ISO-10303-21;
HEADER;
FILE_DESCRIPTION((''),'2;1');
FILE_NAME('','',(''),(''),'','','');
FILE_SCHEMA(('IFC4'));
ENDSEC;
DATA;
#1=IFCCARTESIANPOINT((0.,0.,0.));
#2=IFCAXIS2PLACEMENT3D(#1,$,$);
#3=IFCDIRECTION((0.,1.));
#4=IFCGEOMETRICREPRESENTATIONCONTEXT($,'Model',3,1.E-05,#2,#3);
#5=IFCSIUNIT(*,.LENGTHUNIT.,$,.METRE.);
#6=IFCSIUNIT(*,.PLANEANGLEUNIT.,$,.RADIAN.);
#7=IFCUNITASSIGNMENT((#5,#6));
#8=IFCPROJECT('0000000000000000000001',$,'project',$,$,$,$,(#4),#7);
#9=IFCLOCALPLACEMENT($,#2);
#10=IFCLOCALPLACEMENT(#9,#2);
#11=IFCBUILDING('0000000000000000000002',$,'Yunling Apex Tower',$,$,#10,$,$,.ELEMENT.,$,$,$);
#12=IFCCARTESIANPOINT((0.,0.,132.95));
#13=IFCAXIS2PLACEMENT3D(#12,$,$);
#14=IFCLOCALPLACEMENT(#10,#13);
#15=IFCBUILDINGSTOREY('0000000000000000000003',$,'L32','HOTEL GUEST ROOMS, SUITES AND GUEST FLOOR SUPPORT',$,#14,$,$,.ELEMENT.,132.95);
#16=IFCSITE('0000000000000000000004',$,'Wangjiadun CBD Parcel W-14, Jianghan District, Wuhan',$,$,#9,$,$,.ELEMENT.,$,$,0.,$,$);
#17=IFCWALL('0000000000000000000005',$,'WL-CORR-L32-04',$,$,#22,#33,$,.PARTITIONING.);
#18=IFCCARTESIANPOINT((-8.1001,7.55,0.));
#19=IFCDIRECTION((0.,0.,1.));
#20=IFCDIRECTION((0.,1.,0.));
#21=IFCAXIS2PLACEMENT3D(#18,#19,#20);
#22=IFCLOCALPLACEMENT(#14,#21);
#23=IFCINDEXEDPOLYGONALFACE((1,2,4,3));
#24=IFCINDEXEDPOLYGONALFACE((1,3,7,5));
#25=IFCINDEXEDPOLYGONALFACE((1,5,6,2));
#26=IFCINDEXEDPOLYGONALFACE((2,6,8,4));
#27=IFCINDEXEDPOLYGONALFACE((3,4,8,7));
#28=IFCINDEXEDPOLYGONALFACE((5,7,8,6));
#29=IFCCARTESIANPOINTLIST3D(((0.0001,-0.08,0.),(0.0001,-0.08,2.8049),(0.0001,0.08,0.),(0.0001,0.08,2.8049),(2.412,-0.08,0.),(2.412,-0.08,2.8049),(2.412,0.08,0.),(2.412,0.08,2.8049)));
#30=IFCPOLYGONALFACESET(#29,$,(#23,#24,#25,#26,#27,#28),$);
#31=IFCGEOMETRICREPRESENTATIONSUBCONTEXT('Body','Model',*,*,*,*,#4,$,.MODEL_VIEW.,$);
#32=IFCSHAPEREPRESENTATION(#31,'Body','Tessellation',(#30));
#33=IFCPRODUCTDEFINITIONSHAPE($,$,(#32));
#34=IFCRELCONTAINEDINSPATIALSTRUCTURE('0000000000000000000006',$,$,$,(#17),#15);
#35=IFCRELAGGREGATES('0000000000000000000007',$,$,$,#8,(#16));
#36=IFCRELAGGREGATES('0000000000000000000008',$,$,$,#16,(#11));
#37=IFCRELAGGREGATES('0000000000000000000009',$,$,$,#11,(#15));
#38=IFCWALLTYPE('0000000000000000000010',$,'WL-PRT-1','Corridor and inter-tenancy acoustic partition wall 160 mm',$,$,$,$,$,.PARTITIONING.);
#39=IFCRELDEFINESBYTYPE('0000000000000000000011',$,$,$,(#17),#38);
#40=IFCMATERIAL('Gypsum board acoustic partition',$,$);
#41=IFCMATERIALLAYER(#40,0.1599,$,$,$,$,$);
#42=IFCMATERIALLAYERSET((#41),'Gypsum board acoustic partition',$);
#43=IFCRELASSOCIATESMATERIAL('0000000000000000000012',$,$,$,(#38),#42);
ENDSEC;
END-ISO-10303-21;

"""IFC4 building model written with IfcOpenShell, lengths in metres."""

from ifc_helpers import new_model, si_unit, direction, frame, frame_2d, origin, place, context, subcontext, project, spatial, rectangle, extrude, material, layer, layer_set, type_object, element, save


model = new_model("IFC4")

# Units and contexts
model_context = context("Model", 3, precision=1e-05, world=origin(), true_north=direction((0.0, 1.0)))
body_context = subcontext(model_context, "Body", "Model", "MODEL_VIEW")
ifc_project = project(units=[si_unit("LENGTHUNIT", "METRE"), si_unit("PLANEANGLEUNIT", "RADIAN")], contexts=[model_context])

# Site, building, storey
site_placement = place(None, origin())
site = spatial("IfcSite", under=ifc_project, at=site_placement, Name="Wangjiadun CBD Parcel W-14, Jianghan District, Wuhan", CompositionType="ELEMENT", RefElevation=0.0)
building_placement = place(site_placement, origin())
building = spatial("IfcBuilding", under=site, at=building_placement, Name="Yunling Apex Tower", CompositionType="ELEMENT")
storey_placement = place(building_placement, frame((0.0, 0.0, 132.95)))
storey = spatial("IfcBuildingStorey", under=building, at=storey_placement, Name="L32", Description="HOTEL GUEST ROOMS, SUITES AND GUEST FLOOR SUPPORT", CompositionType="ELEMENT", Elevation=132.95)

# Wall
ifc_material_1 = material(Name="Gypsum board acoustic partition")
ifc_layer_1 = layer(ifc_material_1, 0.1599)
ifc_layer_set_1 = layer_set([ifc_layer_1], Name="Gypsum board acoustic partition")
wall_type = type_object("IfcWallType", Name="WL-PRT-1", Description="Corridor and inter-tenancy acoustic partition wall 160 mm", PredefinedType="PARTITIONING", material=ifc_layer_set_1)
wall_placement = place(storey_placement, frame((-8.1001, 7.55, 0.0), z_axis=(0.0, 0.0, 1.0), x_axis=(0.0, 1.0, 0.0)))
element("IfcWall", 1, at=wall_placement, inside=storey, type_object=wall_type, Name="WL-CORR-L32-04", PredefinedType="PARTITIONING", context=body_context, shape_type="SweptSolid", body=[
    extrude(rectangle(XDim=2.4119, YDim=0.1599, at=frame_2d((1.2061, 0.0))), origin(), (0.0, 0.0, 1.0), 2.8049),
])

save(model, "model.ifc")
